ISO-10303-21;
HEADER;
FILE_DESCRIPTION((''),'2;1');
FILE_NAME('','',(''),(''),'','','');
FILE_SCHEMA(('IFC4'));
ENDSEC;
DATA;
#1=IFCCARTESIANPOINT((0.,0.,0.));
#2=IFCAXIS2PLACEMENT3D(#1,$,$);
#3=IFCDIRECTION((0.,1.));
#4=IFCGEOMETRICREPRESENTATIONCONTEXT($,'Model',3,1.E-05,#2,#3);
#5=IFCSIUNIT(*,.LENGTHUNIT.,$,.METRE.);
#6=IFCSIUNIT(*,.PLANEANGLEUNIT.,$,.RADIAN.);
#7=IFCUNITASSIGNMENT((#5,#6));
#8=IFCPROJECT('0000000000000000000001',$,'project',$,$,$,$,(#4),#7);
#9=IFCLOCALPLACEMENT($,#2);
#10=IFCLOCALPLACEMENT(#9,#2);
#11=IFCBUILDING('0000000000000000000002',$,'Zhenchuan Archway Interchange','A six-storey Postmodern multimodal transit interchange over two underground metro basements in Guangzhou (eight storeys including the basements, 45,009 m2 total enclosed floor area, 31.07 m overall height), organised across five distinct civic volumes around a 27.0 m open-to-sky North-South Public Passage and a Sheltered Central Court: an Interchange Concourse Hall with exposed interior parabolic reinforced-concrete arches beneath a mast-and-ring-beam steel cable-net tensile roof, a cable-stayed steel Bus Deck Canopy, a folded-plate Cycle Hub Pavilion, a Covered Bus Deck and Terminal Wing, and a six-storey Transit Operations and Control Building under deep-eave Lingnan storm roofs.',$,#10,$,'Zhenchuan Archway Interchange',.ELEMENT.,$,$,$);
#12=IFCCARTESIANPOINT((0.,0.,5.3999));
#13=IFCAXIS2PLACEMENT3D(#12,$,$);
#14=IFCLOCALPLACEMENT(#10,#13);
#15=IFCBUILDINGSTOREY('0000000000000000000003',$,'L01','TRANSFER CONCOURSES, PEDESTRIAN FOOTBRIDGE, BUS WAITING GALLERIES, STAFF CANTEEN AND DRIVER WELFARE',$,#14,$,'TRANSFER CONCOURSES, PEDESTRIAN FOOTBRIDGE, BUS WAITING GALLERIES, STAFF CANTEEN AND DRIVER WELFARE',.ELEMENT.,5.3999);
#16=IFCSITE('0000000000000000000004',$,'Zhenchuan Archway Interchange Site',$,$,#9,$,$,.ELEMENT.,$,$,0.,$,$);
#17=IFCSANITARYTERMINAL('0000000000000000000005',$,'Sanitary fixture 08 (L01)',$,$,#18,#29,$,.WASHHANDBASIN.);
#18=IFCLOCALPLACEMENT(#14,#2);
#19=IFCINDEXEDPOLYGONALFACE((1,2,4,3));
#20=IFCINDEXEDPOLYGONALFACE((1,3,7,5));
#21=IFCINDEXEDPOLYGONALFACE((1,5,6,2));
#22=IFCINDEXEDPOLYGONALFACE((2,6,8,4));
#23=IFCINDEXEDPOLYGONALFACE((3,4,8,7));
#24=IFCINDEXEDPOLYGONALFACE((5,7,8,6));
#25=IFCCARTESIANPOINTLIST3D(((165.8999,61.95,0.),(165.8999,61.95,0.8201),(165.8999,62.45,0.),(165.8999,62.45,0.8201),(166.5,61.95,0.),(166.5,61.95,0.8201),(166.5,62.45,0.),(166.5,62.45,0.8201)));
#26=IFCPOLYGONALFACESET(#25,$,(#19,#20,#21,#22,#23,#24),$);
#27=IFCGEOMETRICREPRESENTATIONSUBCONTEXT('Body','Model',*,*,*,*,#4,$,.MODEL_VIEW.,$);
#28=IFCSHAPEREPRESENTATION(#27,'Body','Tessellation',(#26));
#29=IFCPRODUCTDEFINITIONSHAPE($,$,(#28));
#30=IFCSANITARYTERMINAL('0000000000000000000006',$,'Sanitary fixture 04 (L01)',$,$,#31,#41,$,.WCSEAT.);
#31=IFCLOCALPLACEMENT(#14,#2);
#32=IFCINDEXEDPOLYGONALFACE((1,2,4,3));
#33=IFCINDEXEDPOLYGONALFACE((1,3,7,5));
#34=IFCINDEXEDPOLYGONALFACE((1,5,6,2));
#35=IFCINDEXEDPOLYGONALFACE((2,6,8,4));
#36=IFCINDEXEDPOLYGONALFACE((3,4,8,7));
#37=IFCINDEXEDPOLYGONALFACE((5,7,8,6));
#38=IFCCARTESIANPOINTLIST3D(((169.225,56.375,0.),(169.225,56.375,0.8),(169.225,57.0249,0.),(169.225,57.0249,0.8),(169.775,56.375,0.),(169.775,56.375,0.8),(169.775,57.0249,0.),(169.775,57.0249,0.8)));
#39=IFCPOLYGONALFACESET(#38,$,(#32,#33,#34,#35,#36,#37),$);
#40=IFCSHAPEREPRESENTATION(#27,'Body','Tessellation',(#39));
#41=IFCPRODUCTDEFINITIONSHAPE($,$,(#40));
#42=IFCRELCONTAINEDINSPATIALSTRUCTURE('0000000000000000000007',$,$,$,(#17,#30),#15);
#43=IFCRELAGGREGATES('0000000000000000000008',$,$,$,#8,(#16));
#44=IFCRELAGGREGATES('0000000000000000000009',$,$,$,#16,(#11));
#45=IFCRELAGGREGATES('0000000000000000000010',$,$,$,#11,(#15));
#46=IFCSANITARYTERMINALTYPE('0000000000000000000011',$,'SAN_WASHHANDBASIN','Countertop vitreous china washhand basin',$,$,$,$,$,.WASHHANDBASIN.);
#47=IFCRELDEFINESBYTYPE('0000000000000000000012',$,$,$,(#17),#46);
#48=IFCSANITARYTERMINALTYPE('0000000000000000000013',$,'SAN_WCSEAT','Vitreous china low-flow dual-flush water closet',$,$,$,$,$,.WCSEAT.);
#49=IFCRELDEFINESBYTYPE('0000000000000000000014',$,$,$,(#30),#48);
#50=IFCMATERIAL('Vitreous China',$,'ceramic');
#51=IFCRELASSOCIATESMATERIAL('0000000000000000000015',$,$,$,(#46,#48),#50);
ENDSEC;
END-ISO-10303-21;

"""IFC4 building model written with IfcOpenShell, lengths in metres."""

from ifc_helpers import new_model, si_unit, direction, frame, origin, origin_2d, place, context, subcontext, project, spatial, rectangle, extrude, material, type_object, element, save


model = new_model("IFC4")

# Units and contexts
model_context = context("Model", 3, precision=1e-05, world=origin(), true_north=direction((0.0, 1.0)))
body_context = subcontext(model_context, "Body", "Model", "MODEL_VIEW")
ifc_project = project(units=[si_unit("LENGTHUNIT", "METRE"), si_unit("PLANEANGLEUNIT", "RADIAN")], contexts=[model_context])

# Site, building, storey
site_placement = place(None, origin())
site = spatial("IfcSite", under=ifc_project, at=site_placement, Name="Zhenchuan Archway Interchange Site", CompositionType="ELEMENT", RefElevation=0.0)
building_placement = place(site_placement, origin())
building = spatial("IfcBuilding", under=site, at=building_placement, Name="Zhenchuan Archway Interchange", Description="A six-storey Postmodern multimodal transit interchange over two underground metro basements in Guangzhou (eight storeys including the basements, 45,009 m2 total enclosed floor area, 31.07 m overall height), organised across five distinct civic volumes around a 27.0 m open-to-sky North-South Public Passage and a Sheltered Central Court: an Interchange Concourse Hall with exposed interior parabolic reinforced-concrete arches beneath a mast-and-ring-beam steel cable-net tensile roof, a cable-stayed steel Bus Deck Canopy, a folded-plate Cycle Hub Pavilion, a Covered Bus Deck and Terminal Wing, and a six-storey Transit Operations and Control Building under deep-eave Lingnan storm roofs.", LongName="Zhenchuan Archway Interchange", CompositionType="ELEMENT")
storey_placement = place(building_placement, frame((0.0, 0.0, 5.3999)))
storey = spatial("IfcBuildingStorey", under=building, at=storey_placement, Name="L01", Description="TRANSFER CONCOURSES, PEDESTRIAN FOOTBRIDGE, BUS WAITING GALLERIES, STAFF CANTEEN AND DRIVER WELFARE", LongName="TRANSFER CONCOURSES, PEDESTRIAN FOOTBRIDGE, BUS WAITING GALLERIES, STAFF CANTEEN AND DRIVER WELFARE", CompositionType="ELEMENT", Elevation=5.3999)

# Sanitary terminals
ifc_material_1 = material(Name="Vitreous China", Category="ceramic")
sanitary_terminal_type_1 = type_object("IfcSanitaryTerminalType", Name="SAN_WASHHANDBASIN", Description="Countertop vitreous china washhand basin", PredefinedType="WASHHANDBASIN", material=ifc_material_1)
for number, where, z_axis, x_axis, name in (
    (1, (166.2, 62.2, 0.0), (0.0, 0.0, 1.0), (1.0, 0.0, 0.0), "Sanitary fixture 08 (L01)"),
):
    element("IfcSanitaryTerminal", number, at=place(storey_placement, frame(where, z_axis=z_axis, x_axis=x_axis)), inside=storey, type_object=sanitary_terminal_type_1, Name=name, PredefinedType="WASHHANDBASIN", context=body_context, shape_type="SweptSolid", body=[
        extrude(rectangle(XDim=0.6001, YDim=0.5, at=origin_2d()), origin(), (0.0, 0.0, 1.0), 0.8201),
    ])
sanitary_terminal_type_2 = type_object("IfcSanitaryTerminalType", Name="SAN_WCSEAT", Description="Vitreous china low-flow dual-flush water closet", PredefinedType="WCSEAT", material=ifc_material_1)
sanitary_terminal_placement = place(storey_placement, frame((169.5, 56.7, 0.0), z_axis=(0.0, 0.0, 1.0), x_axis=(1.0, 0.0, 0.0)))
element("IfcSanitaryTerminal", 2, at=sanitary_terminal_placement, inside=storey, type_object=sanitary_terminal_type_2, Name="Sanitary fixture 04 (L01)", PredefinedType="WCSEAT", context=body_context, shape_type="SweptSolid", body=[
    extrude(rectangle(XDim=0.55, YDim=0.6499, at=origin_2d()), origin(), (0.0, 0.0, 1.0), 0.8),
])

save(model, "model.ifc")
